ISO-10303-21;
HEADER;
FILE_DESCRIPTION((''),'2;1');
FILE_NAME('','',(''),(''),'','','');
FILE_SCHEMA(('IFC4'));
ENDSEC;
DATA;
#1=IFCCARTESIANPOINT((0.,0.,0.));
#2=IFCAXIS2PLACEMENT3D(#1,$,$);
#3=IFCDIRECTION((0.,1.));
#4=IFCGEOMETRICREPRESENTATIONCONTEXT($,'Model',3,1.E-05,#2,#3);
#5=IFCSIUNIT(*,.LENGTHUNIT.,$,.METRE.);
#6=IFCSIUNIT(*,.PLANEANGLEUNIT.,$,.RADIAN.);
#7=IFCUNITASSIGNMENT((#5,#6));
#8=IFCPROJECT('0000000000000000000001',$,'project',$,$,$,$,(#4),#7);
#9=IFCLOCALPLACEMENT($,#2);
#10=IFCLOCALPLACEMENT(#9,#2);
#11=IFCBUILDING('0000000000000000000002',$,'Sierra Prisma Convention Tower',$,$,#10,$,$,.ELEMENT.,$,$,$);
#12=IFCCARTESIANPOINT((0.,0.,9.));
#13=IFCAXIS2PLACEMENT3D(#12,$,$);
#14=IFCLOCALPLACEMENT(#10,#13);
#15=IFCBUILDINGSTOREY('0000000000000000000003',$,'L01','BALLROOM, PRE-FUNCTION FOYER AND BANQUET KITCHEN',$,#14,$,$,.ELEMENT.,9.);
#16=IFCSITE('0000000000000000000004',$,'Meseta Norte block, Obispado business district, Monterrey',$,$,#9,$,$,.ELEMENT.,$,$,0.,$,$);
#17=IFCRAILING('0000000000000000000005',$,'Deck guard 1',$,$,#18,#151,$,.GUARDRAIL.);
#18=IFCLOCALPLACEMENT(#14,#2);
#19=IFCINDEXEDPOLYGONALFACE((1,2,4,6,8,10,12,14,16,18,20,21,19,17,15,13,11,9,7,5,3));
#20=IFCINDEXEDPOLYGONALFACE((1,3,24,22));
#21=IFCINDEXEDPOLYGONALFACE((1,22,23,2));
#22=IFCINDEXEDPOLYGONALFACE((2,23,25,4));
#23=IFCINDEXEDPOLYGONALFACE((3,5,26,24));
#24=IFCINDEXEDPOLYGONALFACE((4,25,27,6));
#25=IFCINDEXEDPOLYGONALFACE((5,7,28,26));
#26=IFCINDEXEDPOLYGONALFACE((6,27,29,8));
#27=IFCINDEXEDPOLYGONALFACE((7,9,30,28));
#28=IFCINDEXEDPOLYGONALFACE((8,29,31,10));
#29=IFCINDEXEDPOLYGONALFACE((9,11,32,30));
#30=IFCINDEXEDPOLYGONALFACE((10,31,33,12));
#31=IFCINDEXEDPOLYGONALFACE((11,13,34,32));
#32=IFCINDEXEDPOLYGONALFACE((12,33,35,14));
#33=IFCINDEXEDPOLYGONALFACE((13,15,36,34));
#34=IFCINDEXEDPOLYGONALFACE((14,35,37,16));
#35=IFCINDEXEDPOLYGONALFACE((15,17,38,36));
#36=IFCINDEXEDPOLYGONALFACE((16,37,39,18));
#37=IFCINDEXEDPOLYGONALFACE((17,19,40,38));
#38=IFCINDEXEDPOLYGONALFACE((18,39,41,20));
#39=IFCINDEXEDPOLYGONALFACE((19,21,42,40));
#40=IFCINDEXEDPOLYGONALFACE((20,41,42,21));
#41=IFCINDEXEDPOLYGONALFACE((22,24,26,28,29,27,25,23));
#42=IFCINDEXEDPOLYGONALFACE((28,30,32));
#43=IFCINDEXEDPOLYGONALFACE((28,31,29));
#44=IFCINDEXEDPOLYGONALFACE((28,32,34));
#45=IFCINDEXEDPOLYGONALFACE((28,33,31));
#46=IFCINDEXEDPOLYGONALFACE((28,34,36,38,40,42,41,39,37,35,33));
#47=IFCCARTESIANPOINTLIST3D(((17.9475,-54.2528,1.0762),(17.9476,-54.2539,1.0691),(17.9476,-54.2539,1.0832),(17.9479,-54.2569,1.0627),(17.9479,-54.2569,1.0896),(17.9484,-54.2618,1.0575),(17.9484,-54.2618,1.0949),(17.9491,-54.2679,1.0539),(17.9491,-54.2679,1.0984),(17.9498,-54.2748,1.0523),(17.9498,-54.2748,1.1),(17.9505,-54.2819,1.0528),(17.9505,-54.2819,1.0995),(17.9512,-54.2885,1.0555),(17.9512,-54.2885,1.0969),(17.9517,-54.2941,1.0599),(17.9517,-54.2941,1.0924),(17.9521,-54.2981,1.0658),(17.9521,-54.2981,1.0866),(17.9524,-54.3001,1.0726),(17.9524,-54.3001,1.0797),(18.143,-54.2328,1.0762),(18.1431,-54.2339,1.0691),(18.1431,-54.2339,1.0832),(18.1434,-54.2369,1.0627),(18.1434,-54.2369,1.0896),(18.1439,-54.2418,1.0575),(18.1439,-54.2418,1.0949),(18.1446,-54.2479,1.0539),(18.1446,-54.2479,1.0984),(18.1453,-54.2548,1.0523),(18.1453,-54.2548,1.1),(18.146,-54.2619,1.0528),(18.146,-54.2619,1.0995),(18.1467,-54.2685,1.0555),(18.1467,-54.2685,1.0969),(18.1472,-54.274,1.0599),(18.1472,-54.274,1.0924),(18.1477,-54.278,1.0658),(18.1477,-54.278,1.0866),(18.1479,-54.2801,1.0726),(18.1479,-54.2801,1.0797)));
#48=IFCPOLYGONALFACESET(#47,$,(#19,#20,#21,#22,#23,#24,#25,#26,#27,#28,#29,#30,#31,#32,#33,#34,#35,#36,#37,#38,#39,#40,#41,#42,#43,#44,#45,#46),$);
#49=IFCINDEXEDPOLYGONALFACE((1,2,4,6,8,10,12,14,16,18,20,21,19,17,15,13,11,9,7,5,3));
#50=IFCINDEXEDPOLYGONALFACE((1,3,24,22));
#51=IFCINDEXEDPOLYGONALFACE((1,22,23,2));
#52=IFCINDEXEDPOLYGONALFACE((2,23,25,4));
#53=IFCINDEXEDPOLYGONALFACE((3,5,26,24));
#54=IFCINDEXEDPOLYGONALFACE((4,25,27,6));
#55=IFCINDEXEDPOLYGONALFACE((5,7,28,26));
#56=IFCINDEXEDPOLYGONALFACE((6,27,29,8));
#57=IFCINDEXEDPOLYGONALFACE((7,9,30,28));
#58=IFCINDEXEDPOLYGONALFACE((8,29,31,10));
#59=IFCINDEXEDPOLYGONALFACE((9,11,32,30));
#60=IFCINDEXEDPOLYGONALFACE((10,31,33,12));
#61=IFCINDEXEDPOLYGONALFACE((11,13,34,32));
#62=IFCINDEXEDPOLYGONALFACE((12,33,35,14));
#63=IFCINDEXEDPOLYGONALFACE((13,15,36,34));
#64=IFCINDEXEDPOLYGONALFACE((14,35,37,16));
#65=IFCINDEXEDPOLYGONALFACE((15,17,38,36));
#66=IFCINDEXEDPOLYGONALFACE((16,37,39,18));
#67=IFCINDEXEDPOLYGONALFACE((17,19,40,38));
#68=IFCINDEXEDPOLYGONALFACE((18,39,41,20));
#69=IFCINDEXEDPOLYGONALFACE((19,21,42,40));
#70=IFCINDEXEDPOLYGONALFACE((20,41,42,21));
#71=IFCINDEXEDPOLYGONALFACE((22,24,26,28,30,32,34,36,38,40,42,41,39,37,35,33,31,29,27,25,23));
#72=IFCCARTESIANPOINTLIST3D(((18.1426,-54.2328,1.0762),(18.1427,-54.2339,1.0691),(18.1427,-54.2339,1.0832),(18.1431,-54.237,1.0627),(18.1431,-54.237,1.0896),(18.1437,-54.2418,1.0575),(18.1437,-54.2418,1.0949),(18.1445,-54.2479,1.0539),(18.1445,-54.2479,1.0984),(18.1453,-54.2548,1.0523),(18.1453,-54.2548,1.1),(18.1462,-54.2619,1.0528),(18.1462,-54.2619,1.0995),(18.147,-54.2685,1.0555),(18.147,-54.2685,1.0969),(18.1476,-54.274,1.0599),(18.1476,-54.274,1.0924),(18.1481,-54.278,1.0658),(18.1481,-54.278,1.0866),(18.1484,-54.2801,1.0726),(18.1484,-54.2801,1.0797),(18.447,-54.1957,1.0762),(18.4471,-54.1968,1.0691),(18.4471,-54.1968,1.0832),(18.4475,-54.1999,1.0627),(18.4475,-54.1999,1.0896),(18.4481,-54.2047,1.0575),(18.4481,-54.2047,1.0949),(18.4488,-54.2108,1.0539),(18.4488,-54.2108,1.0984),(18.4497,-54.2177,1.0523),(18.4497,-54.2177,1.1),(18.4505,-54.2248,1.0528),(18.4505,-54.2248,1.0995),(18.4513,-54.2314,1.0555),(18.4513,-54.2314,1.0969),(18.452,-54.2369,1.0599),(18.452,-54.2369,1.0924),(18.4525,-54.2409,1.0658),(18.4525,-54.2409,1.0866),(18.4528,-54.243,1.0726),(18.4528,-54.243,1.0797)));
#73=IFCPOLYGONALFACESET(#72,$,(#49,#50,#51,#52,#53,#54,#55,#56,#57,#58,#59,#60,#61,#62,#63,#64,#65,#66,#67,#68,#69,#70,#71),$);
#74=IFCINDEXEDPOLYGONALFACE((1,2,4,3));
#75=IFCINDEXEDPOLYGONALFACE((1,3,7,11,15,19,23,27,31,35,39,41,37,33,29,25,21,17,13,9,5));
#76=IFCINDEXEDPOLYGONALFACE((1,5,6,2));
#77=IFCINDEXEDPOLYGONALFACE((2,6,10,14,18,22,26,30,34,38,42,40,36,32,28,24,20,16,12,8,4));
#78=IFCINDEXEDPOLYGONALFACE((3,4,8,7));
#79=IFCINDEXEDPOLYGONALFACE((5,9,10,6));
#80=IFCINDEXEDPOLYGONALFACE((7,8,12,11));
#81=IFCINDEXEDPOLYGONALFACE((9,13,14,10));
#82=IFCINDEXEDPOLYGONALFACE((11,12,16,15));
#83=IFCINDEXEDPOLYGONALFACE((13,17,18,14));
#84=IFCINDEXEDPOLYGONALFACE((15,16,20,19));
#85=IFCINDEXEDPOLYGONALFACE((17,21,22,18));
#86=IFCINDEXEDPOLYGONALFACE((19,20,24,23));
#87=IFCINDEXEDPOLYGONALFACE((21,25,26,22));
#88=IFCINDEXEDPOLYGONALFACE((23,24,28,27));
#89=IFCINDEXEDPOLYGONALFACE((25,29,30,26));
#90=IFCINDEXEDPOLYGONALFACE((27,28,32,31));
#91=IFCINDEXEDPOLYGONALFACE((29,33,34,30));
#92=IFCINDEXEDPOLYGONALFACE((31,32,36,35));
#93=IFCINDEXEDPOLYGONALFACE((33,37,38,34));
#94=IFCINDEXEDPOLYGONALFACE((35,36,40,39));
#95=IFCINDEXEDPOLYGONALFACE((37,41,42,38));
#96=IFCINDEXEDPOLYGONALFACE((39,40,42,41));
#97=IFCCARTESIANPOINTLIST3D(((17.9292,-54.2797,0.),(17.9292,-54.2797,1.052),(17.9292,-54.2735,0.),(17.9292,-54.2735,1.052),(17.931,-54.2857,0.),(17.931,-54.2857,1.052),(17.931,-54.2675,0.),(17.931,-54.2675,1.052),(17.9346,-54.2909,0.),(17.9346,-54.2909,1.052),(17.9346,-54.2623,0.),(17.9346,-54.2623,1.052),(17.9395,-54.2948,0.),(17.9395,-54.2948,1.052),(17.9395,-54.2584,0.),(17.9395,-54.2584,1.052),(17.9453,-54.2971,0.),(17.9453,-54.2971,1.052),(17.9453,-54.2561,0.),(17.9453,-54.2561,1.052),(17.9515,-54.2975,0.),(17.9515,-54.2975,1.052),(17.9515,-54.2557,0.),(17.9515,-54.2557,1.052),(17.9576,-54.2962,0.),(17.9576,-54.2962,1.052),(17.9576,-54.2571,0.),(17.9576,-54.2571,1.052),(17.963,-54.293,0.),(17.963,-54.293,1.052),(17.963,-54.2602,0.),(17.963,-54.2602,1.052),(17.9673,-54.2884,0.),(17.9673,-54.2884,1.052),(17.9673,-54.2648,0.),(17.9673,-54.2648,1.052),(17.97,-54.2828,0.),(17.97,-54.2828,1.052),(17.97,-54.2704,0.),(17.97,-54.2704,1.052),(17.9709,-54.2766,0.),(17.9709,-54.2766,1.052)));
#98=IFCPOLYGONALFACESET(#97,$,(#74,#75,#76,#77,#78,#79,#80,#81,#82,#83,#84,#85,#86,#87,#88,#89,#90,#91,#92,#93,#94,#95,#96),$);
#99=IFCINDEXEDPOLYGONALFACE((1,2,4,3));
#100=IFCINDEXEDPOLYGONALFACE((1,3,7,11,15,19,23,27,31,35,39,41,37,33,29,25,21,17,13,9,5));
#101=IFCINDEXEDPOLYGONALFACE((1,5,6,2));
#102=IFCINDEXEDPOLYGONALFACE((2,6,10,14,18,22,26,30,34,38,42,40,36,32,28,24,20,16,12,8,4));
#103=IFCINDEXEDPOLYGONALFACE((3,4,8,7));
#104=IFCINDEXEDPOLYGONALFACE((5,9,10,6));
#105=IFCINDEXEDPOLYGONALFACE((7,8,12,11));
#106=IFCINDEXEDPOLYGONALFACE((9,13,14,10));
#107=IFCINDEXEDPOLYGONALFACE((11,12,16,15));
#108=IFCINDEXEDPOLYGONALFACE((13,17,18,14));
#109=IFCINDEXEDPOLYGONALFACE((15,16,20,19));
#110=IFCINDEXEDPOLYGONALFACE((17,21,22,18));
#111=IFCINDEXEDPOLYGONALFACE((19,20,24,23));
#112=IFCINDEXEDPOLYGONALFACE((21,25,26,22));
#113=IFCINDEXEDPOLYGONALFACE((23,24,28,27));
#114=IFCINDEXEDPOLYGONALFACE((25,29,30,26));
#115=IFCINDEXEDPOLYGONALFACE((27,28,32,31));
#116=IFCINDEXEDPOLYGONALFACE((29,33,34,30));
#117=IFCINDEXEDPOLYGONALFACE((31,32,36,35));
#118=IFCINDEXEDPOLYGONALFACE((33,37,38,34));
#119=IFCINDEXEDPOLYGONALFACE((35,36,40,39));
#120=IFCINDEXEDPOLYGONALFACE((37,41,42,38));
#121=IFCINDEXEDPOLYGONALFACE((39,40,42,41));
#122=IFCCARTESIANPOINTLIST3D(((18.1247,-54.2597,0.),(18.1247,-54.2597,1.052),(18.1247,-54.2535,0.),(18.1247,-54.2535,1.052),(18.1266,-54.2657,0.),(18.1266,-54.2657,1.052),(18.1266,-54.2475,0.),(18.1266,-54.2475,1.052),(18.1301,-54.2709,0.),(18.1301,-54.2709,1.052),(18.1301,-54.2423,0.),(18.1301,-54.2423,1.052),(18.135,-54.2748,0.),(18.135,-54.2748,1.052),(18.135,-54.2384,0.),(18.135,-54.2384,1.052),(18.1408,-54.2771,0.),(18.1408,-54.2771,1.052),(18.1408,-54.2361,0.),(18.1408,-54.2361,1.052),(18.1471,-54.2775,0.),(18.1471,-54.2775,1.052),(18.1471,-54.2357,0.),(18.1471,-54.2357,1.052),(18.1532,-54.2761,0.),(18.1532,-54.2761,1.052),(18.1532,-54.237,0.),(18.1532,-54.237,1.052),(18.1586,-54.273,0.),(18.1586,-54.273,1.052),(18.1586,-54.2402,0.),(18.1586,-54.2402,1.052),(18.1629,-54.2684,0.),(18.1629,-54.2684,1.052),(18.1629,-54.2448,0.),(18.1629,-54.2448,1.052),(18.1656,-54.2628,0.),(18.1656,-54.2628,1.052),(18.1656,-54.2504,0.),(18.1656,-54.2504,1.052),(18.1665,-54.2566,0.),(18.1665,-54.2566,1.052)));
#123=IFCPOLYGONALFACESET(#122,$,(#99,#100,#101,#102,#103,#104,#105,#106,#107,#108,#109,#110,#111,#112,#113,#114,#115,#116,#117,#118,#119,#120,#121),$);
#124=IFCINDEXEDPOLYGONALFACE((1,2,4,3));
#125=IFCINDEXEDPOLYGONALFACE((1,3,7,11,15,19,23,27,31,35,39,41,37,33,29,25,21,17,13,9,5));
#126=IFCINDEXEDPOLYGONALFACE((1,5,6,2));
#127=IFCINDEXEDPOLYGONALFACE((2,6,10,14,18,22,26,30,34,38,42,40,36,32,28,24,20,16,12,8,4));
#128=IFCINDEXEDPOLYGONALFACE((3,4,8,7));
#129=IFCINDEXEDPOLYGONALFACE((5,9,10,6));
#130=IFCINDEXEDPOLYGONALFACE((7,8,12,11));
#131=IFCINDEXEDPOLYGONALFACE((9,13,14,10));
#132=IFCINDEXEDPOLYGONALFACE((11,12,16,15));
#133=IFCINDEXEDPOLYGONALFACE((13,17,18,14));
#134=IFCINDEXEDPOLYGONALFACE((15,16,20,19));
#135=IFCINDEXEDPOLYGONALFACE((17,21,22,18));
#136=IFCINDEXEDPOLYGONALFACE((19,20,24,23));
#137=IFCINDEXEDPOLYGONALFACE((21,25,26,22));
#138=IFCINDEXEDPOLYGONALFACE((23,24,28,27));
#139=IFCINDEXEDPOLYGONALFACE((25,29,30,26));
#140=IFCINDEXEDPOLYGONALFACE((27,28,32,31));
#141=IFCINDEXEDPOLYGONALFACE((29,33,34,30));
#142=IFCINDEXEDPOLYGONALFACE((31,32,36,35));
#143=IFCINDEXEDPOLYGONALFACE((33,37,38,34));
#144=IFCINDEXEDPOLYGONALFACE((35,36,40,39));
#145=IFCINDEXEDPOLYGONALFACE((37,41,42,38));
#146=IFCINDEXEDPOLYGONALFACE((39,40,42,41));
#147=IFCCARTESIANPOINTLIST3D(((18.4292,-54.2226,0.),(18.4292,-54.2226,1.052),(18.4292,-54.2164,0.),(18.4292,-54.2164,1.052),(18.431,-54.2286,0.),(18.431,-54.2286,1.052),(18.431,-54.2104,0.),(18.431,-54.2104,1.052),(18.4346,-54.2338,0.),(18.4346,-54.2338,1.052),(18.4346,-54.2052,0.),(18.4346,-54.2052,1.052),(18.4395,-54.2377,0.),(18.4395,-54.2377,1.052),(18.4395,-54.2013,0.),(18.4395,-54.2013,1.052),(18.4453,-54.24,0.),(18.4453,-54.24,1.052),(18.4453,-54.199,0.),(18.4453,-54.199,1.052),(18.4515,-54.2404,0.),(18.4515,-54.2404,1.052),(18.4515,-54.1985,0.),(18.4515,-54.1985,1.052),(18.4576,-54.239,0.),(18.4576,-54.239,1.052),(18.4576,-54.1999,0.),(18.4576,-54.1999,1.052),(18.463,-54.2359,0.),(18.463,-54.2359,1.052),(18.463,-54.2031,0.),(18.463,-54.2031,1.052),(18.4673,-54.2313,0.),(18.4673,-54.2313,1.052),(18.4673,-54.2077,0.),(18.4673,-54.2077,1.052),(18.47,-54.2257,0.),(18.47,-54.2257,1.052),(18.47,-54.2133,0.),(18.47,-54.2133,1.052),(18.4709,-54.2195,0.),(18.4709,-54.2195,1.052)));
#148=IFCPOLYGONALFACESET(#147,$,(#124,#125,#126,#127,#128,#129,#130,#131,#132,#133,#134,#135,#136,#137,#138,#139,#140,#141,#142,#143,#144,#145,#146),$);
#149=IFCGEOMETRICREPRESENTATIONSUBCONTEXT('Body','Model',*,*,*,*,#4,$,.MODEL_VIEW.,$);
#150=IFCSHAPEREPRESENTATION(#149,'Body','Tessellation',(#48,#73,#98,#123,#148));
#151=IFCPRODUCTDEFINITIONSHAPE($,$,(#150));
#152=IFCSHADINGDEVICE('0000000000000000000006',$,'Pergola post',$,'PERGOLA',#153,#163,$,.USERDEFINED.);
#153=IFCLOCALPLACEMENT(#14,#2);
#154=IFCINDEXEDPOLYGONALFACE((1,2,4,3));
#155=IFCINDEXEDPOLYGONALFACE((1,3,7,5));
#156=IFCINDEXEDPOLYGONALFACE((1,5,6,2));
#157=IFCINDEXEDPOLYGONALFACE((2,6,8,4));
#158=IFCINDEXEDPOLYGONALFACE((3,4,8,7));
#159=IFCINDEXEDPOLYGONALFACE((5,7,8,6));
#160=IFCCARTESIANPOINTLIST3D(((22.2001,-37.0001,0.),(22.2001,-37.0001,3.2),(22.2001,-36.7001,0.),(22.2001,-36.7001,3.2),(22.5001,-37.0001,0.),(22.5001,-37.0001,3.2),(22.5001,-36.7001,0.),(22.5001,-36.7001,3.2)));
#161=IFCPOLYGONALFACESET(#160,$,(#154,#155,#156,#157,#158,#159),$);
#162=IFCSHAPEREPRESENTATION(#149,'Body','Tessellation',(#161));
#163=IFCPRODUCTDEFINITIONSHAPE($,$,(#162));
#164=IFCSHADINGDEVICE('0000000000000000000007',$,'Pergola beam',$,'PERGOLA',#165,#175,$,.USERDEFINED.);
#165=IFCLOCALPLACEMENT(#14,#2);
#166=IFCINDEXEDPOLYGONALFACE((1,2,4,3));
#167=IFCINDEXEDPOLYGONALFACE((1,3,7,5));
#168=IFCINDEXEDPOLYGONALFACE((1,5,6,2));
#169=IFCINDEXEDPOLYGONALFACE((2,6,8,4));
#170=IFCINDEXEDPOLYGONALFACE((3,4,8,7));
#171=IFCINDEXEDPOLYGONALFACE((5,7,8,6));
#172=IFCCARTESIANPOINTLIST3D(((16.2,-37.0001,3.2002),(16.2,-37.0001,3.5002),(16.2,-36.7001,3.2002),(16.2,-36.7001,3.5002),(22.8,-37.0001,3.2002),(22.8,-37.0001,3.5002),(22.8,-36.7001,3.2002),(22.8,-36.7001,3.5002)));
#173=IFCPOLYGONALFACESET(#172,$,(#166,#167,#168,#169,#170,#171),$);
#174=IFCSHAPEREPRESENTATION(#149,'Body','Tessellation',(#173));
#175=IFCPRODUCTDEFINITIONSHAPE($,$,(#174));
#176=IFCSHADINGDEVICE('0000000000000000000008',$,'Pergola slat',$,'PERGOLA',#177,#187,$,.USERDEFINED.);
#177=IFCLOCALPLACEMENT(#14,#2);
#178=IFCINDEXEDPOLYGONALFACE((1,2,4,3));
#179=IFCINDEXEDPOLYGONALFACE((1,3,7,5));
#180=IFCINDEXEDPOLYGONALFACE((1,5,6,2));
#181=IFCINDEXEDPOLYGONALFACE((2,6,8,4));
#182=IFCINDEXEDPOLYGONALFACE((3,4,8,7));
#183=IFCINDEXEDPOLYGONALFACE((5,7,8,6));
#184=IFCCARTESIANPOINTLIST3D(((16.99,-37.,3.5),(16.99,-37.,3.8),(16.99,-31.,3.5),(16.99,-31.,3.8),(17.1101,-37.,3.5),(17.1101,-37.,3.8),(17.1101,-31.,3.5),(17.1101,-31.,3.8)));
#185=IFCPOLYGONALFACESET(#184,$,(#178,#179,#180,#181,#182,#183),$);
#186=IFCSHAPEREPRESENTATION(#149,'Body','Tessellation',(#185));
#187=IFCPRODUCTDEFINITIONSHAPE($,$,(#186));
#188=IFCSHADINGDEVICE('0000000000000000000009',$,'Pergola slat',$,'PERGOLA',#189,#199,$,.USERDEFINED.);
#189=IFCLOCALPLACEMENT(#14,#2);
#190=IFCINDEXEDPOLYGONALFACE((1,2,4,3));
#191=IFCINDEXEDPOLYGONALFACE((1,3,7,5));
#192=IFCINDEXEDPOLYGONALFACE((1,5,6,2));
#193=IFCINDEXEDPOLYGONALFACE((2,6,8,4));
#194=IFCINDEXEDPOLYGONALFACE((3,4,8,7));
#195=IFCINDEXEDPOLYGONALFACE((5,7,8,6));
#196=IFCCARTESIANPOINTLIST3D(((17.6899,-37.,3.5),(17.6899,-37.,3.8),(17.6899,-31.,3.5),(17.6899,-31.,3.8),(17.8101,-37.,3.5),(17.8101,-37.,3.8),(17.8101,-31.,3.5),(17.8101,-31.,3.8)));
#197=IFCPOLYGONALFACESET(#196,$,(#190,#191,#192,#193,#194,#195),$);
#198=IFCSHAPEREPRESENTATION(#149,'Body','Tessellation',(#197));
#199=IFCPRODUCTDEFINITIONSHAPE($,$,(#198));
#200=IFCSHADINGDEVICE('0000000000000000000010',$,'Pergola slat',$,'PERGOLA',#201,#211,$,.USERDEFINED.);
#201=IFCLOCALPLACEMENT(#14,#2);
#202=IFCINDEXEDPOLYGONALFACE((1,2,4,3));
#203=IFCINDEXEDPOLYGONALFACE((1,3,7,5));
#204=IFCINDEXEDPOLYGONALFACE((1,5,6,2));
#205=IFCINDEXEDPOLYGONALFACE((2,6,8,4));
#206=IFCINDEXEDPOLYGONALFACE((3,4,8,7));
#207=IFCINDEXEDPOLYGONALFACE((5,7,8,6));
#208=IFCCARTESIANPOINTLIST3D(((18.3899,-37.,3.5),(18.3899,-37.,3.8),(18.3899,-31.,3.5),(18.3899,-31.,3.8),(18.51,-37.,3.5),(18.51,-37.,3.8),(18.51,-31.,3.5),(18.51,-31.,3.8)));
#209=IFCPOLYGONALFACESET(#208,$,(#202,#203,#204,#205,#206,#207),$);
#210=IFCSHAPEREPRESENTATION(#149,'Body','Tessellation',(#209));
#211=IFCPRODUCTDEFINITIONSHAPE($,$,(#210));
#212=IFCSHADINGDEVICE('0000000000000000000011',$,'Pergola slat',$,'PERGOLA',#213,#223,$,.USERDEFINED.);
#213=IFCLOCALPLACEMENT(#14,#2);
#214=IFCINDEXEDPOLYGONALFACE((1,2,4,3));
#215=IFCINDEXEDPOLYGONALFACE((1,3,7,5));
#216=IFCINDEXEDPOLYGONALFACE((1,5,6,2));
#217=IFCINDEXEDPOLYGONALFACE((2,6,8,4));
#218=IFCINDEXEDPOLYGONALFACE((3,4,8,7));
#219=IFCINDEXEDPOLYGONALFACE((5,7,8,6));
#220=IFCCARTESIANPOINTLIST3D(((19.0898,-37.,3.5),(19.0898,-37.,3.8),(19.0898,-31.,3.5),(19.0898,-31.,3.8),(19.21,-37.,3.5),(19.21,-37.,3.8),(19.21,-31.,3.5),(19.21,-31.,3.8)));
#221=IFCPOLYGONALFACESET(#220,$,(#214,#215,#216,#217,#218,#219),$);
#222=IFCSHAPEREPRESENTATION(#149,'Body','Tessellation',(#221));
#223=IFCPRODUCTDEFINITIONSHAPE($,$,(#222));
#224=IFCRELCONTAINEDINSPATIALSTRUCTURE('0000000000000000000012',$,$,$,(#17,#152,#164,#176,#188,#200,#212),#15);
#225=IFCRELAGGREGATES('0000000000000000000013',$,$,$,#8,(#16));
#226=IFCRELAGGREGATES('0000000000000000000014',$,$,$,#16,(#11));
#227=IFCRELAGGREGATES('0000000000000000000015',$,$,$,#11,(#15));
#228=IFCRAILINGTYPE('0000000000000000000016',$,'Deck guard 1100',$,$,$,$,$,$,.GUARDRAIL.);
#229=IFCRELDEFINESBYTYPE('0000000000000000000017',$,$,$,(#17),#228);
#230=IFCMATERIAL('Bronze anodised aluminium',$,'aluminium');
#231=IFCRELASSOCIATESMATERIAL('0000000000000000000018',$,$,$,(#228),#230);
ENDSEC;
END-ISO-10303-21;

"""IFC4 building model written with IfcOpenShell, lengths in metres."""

from ifc_helpers import new_model, si_unit, direction, frame, origin, origin_2d, place, context, subcontext, project, spatial, rectangle, circle, extrude, material, type_object, element, save


model = new_model("IFC4")

# Units and contexts
model_context = context("Model", 3, precision=1e-05, world=origin(), true_north=direction((0.0, 1.0)))
body_context = subcontext(model_context, "Body", "Model", "MODEL_VIEW")
ifc_project = project(units=[si_unit("LENGTHUNIT", "METRE"), si_unit("PLANEANGLEUNIT", "RADIAN")], contexts=[model_context])

# Site, building, storey
site_placement = place(None, origin())
site = spatial("IfcSite", under=ifc_project, at=site_placement, Name="Meseta Norte block, Obispado business district, Monterrey", CompositionType="ELEMENT", RefElevation=0.0)
building_placement = place(site_placement, origin())
building = spatial("IfcBuilding", under=site, at=building_placement, Name="Sierra Prisma Convention Tower", CompositionType="ELEMENT")
storey_placement = place(building_placement, frame((0.0, 0.0, 9.0)))
storey = spatial("IfcBuildingStorey", under=building, at=storey_placement, Name="L01", Description="BALLROOM, PRE-FUNCTION FOYER AND BANQUET KITCHEN", CompositionType="ELEMENT", Elevation=9.0)

# Railing
ifc_material_1 = material(Name="Bronze anodised aluminium", Category="aluminium")
railing_type = type_object("IfcRailingType", Name="Deck guard 1100", PredefinedType="GUARDRAIL", material=ifc_material_1)
railing_1_placement = place(storey_placement, frame((17.95, -54.2766, 0.0)))
element("IfcRailing", 1, at=railing_1_placement, inside=storey, type_object=railing_type, Name="Deck guard 1", PredefinedType="GUARDRAIL", context=body_context, shape_type="SweptSolid", body=[
    extrude(circle(Radius=0.0239, at=origin_2d()), frame((0.0, 0.0, 1.0762), z_axis=(0.994801, 0.10184, 0.0), x_axis=(-0.10184, 0.994801, 0.0)), (0.0, 0.0, 1.0), 0.1965),
    extrude(circle(Radius=0.0239, at=origin_2d()), frame((0.1956, 0.02, 1.0762), z_axis=(0.992653, 0.120997, 0.0), x_axis=(-0.120997, 0.992653, 0.0)), (0.0, 0.0, 1.0), 0.3066),
    extrude(circle(Radius=0.021, at=origin_2d()), origin(), (0.0, 0.0, 1.0), 1.052),
    extrude(circle(Radius=0.021, at=origin_2d()), frame((0.1956, 0.02, 0.0)), (0.0, 0.0, 1.0), 1.052),
    extrude(circle(Radius=0.021, at=origin_2d()), frame((0.5, 0.0571, 0.0)), (0.0, 0.0, 1.0), 1.052),
])

# Shading devices
shading_device_1_placement = place(storey_placement, frame((22.3501, -36.8501, 0.0), z_axis=(0.0, 0.0, 1.0), x_axis=(1.0, 0.0, 0.0)))
element("IfcShadingDevice", 2, at=shading_device_1_placement, inside=storey, Name="Pergola post", ObjectType="PERGOLA", PredefinedType="USERDEFINED", context=body_context, shape_type="SweptSolid", body=[
    extrude(rectangle(XDim=0.3, YDim=0.3, at=origin_2d()), origin(), (0.0, 0.0, 1.0), 3.2),
])
shading_device_2_placement = place(storey_placement, frame((19.5, -36.8501, 3.2002), z_axis=(0.0, 0.0, 1.0), x_axis=(1.0, 0.0, 0.0)))
element("IfcShadingDevice", 3, at=shading_device_2_placement, inside=storey, Name="Pergola beam", ObjectType="PERGOLA", PredefinedType="USERDEFINED", context=body_context, shape_type="SweptSolid", body=[
    extrude(rectangle(XDim=6.6001, YDim=0.3, at=origin_2d()), origin(), (0.0, 0.0, 1.0), 0.3),
])
for number, where, z_axis, x_axis, name in (
    (4, (17.05, -34.0, 3.5), (0.0, 0.0, 1.0), (1.0, 0.0, 0.0), "Pergola slat"),
    (5, (17.75, -34.0, 3.5), (0.0, 0.0, 1.0), (1.0, 0.0, 0.0), "Pergola slat"),
    (6, (18.45, -34.0, 3.5), (0.0, 0.0, 1.0), (1.0, 0.0, 0.0), "Pergola slat"),
    (7, (19.1499, -34.0, 3.5), (0.0, 0.0, 1.0), (1.0, 0.0, 0.0), "Pergola slat"),
):
    element("IfcShadingDevice", number, at=place(storey_placement, frame(where, z_axis=z_axis, x_axis=x_axis)), inside=storey, Name=name, ObjectType="PERGOLA", PredefinedType="USERDEFINED", context=body_context, shape_type="SweptSolid", body=[
        extrude(rectangle(XDim=0.1201, YDim=6.0, at=origin_2d()), origin(), (0.0, 0.0, 1.0), 0.3),
    ])

save(model, "model.ifc")
